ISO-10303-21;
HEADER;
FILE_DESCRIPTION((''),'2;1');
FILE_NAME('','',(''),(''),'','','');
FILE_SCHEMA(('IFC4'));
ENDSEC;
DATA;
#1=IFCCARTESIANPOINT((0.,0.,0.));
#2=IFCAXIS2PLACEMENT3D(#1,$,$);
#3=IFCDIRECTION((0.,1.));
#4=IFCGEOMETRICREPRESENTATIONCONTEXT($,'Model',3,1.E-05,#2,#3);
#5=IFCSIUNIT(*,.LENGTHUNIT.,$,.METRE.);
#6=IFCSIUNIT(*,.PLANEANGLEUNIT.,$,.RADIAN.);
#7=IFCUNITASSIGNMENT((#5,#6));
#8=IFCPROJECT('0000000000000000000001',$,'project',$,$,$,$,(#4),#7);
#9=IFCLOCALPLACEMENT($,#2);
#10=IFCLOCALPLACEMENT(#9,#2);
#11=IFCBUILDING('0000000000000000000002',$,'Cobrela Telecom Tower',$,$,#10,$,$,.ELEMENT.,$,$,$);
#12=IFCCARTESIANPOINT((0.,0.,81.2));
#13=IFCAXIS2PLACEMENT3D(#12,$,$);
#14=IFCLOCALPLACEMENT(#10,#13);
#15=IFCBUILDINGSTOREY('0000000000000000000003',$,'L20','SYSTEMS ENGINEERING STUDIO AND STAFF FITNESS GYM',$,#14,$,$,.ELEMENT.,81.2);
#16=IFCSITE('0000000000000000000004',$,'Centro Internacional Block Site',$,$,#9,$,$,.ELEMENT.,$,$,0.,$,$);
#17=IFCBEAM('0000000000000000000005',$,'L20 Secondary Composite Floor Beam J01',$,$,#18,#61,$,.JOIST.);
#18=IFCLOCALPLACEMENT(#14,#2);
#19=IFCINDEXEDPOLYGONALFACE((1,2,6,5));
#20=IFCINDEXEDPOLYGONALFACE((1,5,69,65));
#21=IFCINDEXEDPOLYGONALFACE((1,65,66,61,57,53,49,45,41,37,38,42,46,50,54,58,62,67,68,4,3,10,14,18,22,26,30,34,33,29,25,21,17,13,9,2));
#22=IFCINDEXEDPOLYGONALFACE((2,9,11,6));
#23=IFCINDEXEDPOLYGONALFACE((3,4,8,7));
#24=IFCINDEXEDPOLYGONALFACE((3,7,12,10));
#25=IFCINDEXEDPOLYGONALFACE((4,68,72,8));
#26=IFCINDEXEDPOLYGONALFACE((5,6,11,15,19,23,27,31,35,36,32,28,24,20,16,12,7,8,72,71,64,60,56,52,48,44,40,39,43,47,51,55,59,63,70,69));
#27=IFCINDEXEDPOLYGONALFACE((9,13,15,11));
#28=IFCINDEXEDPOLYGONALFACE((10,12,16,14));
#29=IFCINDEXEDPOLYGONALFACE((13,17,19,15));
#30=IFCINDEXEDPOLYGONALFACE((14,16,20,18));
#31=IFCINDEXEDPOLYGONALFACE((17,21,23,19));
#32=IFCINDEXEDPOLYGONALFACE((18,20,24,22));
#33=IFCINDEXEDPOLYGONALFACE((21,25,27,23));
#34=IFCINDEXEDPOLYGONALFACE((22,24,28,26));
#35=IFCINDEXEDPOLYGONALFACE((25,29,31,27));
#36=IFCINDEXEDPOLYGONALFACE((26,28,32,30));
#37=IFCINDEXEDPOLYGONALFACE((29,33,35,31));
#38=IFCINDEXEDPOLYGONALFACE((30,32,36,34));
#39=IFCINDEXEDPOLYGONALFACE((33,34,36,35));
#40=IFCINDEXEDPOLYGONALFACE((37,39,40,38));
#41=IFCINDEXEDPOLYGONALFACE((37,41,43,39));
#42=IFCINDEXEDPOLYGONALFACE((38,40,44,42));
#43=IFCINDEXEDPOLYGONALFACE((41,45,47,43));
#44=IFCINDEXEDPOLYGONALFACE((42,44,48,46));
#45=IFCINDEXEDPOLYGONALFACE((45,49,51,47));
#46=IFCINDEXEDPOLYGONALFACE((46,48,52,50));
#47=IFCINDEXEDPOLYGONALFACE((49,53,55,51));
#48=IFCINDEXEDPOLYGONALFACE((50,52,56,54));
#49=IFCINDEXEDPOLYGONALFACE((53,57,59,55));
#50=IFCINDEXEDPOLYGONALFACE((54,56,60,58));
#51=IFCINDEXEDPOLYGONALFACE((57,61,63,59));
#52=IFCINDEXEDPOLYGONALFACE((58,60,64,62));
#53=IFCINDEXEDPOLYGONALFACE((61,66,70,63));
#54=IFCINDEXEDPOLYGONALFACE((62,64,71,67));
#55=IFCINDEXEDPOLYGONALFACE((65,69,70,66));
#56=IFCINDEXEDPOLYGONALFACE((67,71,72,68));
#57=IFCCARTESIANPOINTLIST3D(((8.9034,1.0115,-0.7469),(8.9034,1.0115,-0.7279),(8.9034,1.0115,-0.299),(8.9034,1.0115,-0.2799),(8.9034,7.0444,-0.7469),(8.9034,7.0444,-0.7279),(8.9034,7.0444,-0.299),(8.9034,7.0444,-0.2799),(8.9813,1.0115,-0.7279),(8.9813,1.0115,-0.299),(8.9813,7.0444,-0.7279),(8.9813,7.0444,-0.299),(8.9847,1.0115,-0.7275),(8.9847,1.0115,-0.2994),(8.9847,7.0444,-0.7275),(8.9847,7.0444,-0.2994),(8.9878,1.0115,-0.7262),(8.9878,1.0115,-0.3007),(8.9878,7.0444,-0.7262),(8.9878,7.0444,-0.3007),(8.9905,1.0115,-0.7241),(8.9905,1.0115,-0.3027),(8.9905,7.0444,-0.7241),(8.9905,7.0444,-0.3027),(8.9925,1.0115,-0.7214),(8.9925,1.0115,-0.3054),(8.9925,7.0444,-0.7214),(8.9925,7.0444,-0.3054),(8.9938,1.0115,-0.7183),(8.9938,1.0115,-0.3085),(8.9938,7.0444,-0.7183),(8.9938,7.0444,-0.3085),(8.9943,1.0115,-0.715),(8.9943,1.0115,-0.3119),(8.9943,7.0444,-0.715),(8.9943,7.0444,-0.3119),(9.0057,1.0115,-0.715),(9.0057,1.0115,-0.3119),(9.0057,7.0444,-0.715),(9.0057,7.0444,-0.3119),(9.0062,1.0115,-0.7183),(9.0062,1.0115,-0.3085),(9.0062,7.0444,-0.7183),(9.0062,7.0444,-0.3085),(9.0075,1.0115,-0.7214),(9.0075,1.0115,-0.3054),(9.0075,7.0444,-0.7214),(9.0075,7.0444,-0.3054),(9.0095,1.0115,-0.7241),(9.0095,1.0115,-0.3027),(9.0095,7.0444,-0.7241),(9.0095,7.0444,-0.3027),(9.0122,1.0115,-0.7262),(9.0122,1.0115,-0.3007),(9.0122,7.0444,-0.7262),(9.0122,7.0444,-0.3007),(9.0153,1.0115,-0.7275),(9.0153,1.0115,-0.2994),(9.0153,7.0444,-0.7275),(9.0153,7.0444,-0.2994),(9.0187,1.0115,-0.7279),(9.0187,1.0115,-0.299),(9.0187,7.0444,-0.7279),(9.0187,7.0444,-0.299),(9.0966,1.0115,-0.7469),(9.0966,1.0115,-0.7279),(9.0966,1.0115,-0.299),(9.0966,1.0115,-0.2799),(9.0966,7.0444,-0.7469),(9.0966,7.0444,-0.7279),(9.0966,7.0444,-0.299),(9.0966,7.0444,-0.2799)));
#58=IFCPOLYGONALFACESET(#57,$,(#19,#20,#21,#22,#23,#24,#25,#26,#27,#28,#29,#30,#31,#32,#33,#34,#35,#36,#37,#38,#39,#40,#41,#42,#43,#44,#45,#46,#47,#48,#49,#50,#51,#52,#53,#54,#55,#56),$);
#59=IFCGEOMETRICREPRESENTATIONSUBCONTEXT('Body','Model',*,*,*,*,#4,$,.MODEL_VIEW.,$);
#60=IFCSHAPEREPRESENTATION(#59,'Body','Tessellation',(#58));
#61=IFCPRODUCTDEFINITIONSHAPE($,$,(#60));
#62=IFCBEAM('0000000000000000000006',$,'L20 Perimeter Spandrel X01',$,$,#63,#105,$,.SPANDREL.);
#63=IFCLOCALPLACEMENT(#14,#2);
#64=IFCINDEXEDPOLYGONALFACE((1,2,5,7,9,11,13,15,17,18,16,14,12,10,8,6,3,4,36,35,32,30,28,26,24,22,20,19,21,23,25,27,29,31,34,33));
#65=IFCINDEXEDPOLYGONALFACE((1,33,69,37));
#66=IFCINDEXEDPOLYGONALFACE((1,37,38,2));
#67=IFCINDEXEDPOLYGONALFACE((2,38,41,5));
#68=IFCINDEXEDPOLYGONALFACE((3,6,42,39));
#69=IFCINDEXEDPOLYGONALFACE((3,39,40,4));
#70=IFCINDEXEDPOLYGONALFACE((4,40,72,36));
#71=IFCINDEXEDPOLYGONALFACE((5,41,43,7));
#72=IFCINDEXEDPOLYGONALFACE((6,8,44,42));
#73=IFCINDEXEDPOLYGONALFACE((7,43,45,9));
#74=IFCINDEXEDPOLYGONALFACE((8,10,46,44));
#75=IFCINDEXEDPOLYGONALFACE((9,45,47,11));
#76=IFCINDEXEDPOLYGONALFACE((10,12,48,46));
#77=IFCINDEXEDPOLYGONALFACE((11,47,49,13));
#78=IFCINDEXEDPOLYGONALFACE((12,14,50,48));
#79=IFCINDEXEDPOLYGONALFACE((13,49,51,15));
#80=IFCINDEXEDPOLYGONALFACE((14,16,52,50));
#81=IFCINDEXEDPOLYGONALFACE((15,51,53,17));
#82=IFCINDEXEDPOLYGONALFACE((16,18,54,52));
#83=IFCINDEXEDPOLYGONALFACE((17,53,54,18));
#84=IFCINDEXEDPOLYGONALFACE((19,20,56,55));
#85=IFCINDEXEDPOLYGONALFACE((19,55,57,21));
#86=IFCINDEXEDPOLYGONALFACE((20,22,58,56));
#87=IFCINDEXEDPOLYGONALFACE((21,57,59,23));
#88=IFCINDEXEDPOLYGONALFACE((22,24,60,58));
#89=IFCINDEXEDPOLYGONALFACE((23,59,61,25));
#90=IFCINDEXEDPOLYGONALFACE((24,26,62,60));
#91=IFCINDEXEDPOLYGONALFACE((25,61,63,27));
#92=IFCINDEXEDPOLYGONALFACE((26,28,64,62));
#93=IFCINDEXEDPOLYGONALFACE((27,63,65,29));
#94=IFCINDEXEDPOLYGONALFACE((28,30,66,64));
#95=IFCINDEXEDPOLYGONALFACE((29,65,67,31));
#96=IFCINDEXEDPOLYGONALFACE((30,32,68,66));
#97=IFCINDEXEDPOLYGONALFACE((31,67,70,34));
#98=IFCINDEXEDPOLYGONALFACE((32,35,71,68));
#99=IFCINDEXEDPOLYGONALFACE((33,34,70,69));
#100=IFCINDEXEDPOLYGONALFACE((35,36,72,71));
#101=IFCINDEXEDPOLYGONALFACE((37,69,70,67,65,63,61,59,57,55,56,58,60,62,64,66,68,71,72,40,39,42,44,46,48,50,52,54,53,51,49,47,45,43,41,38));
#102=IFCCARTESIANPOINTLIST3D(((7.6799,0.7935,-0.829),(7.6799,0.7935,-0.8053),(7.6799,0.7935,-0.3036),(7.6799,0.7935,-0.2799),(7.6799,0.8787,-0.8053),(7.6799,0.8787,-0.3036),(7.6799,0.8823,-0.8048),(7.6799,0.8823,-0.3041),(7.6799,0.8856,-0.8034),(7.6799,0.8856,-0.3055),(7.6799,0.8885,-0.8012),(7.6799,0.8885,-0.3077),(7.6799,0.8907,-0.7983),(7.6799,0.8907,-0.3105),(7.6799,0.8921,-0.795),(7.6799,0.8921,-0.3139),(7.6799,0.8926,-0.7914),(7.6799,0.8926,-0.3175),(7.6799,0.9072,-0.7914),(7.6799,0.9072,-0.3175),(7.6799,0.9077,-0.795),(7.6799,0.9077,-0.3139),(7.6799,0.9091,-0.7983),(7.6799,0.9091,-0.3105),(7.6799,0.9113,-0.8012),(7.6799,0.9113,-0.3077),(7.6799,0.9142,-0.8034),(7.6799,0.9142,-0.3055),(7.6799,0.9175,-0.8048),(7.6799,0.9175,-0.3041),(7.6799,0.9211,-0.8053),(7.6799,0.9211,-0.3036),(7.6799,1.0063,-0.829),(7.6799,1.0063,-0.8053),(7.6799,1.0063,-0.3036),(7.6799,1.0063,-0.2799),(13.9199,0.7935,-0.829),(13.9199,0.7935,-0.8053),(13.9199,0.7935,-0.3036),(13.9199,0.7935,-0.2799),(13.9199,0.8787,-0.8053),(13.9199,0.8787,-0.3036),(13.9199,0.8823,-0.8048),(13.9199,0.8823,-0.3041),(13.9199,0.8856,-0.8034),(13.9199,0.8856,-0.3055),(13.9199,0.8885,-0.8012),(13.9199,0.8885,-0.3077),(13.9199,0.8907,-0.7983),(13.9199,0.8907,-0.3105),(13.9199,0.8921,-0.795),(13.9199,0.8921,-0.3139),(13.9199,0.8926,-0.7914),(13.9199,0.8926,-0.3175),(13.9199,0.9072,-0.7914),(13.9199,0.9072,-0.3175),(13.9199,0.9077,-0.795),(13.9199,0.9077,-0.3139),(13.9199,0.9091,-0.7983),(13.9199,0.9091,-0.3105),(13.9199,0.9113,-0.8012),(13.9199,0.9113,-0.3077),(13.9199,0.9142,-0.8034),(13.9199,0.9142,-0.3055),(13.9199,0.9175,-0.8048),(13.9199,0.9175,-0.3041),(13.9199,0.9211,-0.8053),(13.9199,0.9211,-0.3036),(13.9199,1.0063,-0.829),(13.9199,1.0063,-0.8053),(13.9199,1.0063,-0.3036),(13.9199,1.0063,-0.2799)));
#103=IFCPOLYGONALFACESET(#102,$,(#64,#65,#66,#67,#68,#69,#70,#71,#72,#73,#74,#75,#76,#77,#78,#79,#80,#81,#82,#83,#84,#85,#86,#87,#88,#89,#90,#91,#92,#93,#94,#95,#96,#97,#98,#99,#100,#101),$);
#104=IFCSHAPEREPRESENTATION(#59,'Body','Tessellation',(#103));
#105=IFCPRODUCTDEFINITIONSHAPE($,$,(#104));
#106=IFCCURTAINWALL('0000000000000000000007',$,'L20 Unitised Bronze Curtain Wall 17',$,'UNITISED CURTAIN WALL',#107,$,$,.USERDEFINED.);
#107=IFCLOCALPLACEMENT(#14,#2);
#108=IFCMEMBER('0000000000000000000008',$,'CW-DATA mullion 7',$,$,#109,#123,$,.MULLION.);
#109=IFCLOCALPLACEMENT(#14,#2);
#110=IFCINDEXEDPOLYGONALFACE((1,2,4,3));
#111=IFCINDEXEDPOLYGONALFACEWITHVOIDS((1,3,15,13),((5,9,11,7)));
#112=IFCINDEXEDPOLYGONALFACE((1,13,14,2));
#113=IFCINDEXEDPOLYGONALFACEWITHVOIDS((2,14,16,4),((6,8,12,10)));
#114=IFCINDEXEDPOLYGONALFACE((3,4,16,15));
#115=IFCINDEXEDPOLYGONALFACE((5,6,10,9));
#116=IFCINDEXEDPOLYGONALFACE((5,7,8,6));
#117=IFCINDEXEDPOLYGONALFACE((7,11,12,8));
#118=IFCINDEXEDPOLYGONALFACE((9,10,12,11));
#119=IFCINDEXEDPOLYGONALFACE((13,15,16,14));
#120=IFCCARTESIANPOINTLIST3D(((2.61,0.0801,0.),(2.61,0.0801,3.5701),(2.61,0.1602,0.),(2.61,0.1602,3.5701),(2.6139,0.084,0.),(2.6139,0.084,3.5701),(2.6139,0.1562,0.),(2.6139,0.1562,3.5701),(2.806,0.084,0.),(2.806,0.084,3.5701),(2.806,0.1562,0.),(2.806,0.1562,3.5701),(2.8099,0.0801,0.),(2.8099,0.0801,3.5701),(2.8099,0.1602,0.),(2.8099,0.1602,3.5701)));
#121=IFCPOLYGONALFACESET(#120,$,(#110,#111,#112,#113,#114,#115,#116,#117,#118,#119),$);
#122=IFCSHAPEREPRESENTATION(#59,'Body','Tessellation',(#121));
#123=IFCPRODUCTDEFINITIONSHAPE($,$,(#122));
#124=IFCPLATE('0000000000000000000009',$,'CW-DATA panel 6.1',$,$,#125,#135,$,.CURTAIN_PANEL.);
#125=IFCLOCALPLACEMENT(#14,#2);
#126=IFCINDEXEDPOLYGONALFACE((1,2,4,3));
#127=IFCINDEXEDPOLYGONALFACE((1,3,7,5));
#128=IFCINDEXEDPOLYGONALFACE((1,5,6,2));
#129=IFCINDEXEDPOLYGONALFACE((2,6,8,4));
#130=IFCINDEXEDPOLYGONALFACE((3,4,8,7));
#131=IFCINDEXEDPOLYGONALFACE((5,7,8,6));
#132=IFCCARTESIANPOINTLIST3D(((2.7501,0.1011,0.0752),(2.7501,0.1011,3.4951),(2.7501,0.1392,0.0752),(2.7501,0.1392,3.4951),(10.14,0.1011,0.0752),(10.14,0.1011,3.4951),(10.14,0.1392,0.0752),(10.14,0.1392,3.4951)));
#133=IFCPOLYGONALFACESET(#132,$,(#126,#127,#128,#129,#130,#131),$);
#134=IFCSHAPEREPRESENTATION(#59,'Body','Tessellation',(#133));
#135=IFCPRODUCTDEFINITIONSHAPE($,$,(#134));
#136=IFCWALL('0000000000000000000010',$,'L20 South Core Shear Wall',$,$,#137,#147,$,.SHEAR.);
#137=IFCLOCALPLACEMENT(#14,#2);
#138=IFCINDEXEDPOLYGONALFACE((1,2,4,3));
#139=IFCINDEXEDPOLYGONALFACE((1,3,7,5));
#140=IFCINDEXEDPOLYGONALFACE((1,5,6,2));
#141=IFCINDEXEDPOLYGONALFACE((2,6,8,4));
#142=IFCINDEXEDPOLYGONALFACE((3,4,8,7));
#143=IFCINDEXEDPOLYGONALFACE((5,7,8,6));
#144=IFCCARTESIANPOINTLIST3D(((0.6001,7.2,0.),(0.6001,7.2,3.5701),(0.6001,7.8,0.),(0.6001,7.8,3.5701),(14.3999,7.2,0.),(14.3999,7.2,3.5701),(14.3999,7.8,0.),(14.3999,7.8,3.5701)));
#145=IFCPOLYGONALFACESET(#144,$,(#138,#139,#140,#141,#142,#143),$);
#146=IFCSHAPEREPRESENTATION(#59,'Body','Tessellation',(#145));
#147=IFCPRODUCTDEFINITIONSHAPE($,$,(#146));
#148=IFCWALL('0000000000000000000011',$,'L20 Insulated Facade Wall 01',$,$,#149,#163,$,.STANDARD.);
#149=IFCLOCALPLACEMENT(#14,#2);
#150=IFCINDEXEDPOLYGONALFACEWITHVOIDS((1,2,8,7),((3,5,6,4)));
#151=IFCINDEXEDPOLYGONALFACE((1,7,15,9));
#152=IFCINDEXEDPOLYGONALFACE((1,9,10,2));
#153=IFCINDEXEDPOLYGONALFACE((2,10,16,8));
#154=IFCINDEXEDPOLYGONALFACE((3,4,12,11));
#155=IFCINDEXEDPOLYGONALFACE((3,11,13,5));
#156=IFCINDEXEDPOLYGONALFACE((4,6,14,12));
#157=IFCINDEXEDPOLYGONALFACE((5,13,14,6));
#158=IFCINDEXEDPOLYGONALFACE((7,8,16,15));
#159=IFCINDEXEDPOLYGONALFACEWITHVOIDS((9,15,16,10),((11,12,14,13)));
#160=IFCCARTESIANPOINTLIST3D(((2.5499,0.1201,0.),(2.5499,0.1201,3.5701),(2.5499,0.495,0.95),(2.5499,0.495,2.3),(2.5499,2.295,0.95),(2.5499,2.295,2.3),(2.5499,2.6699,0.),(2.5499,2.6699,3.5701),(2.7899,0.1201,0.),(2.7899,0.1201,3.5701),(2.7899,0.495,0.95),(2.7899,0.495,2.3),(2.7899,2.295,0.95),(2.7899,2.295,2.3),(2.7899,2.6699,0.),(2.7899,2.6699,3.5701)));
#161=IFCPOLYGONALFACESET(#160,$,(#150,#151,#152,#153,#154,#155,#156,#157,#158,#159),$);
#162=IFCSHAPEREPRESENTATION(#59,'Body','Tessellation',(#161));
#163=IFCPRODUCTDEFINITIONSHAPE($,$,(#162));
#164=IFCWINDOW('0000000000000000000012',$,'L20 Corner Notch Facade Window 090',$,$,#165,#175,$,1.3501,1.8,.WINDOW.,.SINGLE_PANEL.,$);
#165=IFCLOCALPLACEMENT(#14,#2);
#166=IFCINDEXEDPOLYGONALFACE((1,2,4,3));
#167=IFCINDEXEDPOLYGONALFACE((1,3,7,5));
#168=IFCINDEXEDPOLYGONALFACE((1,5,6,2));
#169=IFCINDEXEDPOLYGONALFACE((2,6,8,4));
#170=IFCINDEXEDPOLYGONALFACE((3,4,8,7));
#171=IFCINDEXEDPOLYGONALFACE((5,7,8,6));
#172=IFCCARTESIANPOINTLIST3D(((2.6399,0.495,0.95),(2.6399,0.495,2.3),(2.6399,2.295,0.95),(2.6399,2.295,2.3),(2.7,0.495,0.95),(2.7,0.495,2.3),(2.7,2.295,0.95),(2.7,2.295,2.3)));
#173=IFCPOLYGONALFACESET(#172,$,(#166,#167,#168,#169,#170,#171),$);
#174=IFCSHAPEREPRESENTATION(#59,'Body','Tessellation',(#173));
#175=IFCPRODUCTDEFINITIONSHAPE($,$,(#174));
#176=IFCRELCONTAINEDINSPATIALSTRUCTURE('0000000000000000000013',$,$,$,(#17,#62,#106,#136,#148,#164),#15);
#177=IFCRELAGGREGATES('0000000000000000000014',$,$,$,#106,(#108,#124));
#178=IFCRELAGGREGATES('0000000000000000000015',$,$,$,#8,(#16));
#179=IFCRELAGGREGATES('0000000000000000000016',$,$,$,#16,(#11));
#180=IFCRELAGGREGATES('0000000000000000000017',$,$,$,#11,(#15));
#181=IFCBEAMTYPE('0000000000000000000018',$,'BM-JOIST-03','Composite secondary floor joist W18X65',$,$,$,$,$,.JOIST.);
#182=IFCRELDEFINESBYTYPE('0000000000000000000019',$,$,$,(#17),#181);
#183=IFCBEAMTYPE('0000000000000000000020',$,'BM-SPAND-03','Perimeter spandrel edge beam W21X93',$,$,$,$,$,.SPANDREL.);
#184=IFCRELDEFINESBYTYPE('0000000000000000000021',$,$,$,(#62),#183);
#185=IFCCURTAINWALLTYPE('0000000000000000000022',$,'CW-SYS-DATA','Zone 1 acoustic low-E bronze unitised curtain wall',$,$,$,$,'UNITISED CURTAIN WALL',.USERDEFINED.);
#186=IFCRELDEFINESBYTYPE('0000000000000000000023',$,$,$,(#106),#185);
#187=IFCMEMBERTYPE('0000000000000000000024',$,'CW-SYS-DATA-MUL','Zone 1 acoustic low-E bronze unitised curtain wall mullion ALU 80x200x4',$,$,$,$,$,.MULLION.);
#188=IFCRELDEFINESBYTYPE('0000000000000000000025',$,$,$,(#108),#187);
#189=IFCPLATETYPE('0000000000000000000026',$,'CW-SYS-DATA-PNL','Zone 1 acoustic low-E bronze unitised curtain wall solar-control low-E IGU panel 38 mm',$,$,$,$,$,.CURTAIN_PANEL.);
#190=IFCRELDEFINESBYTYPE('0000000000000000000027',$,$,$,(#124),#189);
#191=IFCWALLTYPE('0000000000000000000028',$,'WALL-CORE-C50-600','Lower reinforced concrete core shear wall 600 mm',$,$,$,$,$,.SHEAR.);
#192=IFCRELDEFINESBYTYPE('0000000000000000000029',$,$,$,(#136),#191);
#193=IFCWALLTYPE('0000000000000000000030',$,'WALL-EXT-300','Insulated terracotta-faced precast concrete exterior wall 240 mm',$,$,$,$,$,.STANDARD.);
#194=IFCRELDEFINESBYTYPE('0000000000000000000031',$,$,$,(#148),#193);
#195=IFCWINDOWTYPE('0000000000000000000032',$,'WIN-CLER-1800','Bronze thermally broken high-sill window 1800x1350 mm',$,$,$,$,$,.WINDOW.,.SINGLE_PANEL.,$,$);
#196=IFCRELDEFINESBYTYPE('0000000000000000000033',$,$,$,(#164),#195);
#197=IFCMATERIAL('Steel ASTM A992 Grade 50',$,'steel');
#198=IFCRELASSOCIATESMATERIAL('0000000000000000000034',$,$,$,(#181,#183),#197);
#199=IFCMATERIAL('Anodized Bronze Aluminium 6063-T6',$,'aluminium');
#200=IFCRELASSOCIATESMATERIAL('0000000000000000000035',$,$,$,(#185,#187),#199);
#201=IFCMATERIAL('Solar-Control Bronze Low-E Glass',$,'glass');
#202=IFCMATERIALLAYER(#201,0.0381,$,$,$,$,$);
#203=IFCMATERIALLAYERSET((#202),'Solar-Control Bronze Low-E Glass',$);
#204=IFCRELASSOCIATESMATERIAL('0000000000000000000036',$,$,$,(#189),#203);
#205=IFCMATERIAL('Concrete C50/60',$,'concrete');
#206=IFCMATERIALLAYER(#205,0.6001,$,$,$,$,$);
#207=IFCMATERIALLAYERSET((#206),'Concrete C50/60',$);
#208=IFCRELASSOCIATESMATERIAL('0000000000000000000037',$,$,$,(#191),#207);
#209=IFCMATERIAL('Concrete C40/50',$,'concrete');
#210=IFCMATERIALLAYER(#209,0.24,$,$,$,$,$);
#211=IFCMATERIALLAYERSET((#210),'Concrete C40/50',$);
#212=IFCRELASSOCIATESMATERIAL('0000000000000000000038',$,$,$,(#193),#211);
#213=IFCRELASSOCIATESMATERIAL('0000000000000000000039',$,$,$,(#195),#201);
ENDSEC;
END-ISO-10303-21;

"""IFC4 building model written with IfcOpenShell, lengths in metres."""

from ifc_helpers import new_model, si_unit, direction, frame, frame_2d, origin, origin_2d, place, context, subcontext, project, spatial, rectangle, hollow_rectangle, i_section, extrude, material, layer, layer_set, material_profile, profile_set, type_object, element, fill, aggregate, save


model = new_model("IFC4")

# Units and contexts
model_context = context("Model", 3, precision=1e-05, world=origin(), true_north=direction((0.0, 1.0)))
body_context = subcontext(model_context, "Body", "Model", "MODEL_VIEW")
ifc_project = project(units=[si_unit("LENGTHUNIT", "METRE"), si_unit("PLANEANGLEUNIT", "RADIAN")], contexts=[model_context])

# Site, building, storey
site_placement = place(None, origin())
site = spatial("IfcSite", under=ifc_project, at=site_placement, Name="Centro Internacional Block Site", CompositionType="ELEMENT", RefElevation=0.0)
building_placement = place(site_placement, origin())
building = spatial("IfcBuilding", under=site, at=building_placement, Name="Cobrela Telecom Tower", CompositionType="ELEMENT")
storey_placement = place(building_placement, frame((0.0, 0.0, 81.2)))
storey = spatial("IfcBuildingStorey", under=building, at=storey_placement, Name="L20", Description="SYSTEMS ENGINEERING STUDIO AND STAFF FITNESS GYM", CompositionType="ELEMENT", Elevation=81.2)

# Beams
ifc_material_1 = material(Name="Steel ASTM A992 Grade 50", Category="steel")
ifc_material_profile_1 = material_profile(ifc_material_1, i_section(OverallWidth=0.1931, OverallDepth=0.467, WebThickness=0.0115, FlangeThickness=0.019, FilletRadius=0.0129, at=origin_2d()), Name="W18X65")
ifc_profile_set_1 = profile_set([ifc_material_profile_1], Name="Steel ASTM A992 Grade 50")
beam_type_1 = type_object("IfcBeamType", Name="BM-JOIST-03", Description="Composite secondary floor joist W18X65", PredefinedType="JOIST", material=ifc_profile_set_1)
beam_1_placement = place(storey_placement, frame((9.0, 1.0115, -0.5134), z_axis=(0.0, 1.0, 0.0), x_axis=(-1.0, 0.0, 0.0)))
element("IfcBeam", 1, at=beam_1_placement, inside=storey, type_object=beam_type_1, Name="L20 Secondary Composite Floor Beam J01", PredefinedType="JOIST", context=body_context, shape_type="SweptSolid", body=[
    extrude(i_section(OverallWidth=0.1931, OverallDepth=0.467, WebThickness=0.0115, FlangeThickness=0.019, FilletRadius=0.0129, at=origin_2d()), origin(), (0.0, 0.0, 1.0), 6.033),
])
ifc_material_profile_2 = material_profile(ifc_material_1, i_section(OverallWidth=0.2129, OverallDepth=0.5491, WebThickness=0.0146, FlangeThickness=0.0237, FilletRadius=0.0139, at=origin_2d()), Name="W21X93")
ifc_profile_set_2 = profile_set([ifc_material_profile_2], Name="Steel ASTM A992 Grade 50")
beam_type_2 = type_object("IfcBeamType", Name="BM-SPAND-03", Description="Perimeter spandrel edge beam W21X93", PredefinedType="SPANDREL", material=ifc_profile_set_2)
beam_2_placement = place(storey_placement, frame((7.6799, 0.8999, -0.5544), z_axis=(1.0, 0.0, 0.0), x_axis=(0.0, 1.0, 0.0)))
element("IfcBeam", 2, at=beam_2_placement, inside=storey, type_object=beam_type_2, Name="L20 Perimeter Spandrel X01", PredefinedType="SPANDREL", context=body_context, shape_type="SweptSolid", body=[
    extrude(i_section(OverallWidth=0.2129, OverallDepth=0.5491, WebThickness=0.0146, FlangeThickness=0.0237, FilletRadius=0.0139, at=origin_2d()), origin(), (0.0, 0.0, 1.0), 6.24),
])

# Curtain wall, member, plate
ifc_material_2 = material(Name="Anodized Bronze Aluminium 6063-T6", Category="aluminium")
curtain_wall_type = type_object("IfcCurtainWallType", Name="CW-SYS-DATA", Description="Zone 1 acoustic low-E bronze unitised curtain wall", ElementType="UNITISED CURTAIN WALL", PredefinedType="USERDEFINED", material=ifc_material_2)
curtain_wall_placement = place(storey_placement, origin())
curtain_wall = element("IfcCurtainWall", 3, at=curtain_wall_placement, inside=storey, type_object=curtain_wall_type, Name="L20 Unitised Bronze Curtain Wall 17", ObjectType="UNITISED CURTAIN WALL", PredefinedType="USERDEFINED")
ifc_material_profile_3 = material_profile(ifc_material_2, hollow_rectangle(XDim=0.0801, YDim=0.2, WallThickness=0.0039, at=origin_2d()), Name="ALU 80x200x4")
ifc_profile_set_3 = profile_set([ifc_material_profile_3], Name="Anodized Bronze Aluminium 6063-T6")
member_type = type_object("IfcMemberType", Name="CW-SYS-DATA-MUL", Description="Zone 1 acoustic low-E bronze unitised curtain wall mullion ALU 80x200x4", PredefinedType="MULLION", material=ifc_profile_set_3)
member_placement = place(storey_placement, frame((2.71, 0.1201, 0.0), z_axis=(0.0, 0.0, 1.0), x_axis=(0.0, -1.0, 0.0)))
member = element("IfcMember", 4, at=member_placement, type_object=member_type, Name="CW-DATA mullion 7", PredefinedType="MULLION", context=body_context, shape_type="SweptSolid", body=[
    extrude(hollow_rectangle(XDim=0.0801, YDim=0.2, WallThickness=0.0039, at=origin_2d()), origin(), (0.0, 0.0, 1.0), 3.5701),
])
ifc_material_3 = material(Name="Solar-Control Bronze Low-E Glass", Category="glass")
ifc_layer_1 = layer(ifc_material_3, 0.0381)
ifc_layer_set_1 = layer_set([ifc_layer_1], Name="Solar-Control Bronze Low-E Glass")
plate_type = type_object("IfcPlateType", Name="CW-SYS-DATA-PNL", Description="Zone 1 acoustic low-E bronze unitised curtain wall solar-control low-E IGU panel 38 mm", PredefinedType="CURTAIN_PANEL", material=ifc_layer_set_1)
plate_placement = place(storey_placement, frame((6.4451, 0.1201, 0.0752), z_axis=(0.0, 0.0, 1.0), x_axis=(-1.0, 0.0, 0.0)))
plate = element("IfcPlate", 5, at=plate_placement, type_object=plate_type, Name="CW-DATA panel 6.1", PredefinedType="CURTAIN_PANEL", context=body_context, shape_type="SweptSolid", body=[
    extrude(rectangle(XDim=7.3899, YDim=0.0381, at=origin_2d()), origin(), (0.0, 0.0, 1.0), 3.4199),
])
aggregate(curtain_wall, [member, plate])

# Wall
ifc_material_4 = material(Name="Concrete C50/60", Category="concrete")
ifc_layer_2 = layer(ifc_material_4, 0.6001)
ifc_layer_set_2 = layer_set([ifc_layer_2], Name="Concrete C50/60")
wall_type_1 = type_object("IfcWallType", Name="WALL-CORE-C50-600", Description="Lower reinforced concrete core shear wall 600 mm", PredefinedType="SHEAR", material=ifc_layer_set_2)
wall_1_placement = place(storey_placement, frame((0.6001, 7.5, 0.0), z_axis=(0.0, 0.0, 1.0), x_axis=(1.0, 0.0, 0.0)))
element("IfcWall", 6, at=wall_1_placement, inside=storey, type_object=wall_type_1, Name="L20 South Core Shear Wall", PredefinedType="SHEAR", context=body_context, shape_type="SweptSolid", body=[
    extrude(rectangle(XDim=13.7998, YDim=0.6001, at=frame_2d((6.8999, 0.0))), origin(), (0.0, 0.0, 1.0), 3.5701),
])

# Wall, opening, window
ifc_material_5 = material(Name="Concrete C40/50", Category="concrete")
ifc_layer_3 = layer(ifc_material_5, 0.24)
ifc_layer_set_3 = layer_set([ifc_layer_3], Name="Concrete C40/50")
wall_type_2 = type_object("IfcWallType", Name="WALL-EXT-300", Description="Insulated terracotta-faced precast concrete exterior wall 240 mm", PredefinedType="STANDARD", material=ifc_layer_set_3)
wall_2_placement = place(storey_placement, frame((2.6699, 0.1201, 0.0), z_axis=(0.0, 0.0, 1.0), x_axis=(0.0, 1.0, 0.0)))
wall_2 = element("IfcWall", 7, at=wall_2_placement, inside=storey, type_object=wall_type_2, Name="L20 Insulated Facade Wall 01", PredefinedType="STANDARD", context=body_context, shape_type="SweptSolid", body=[
    extrude(rectangle(XDim=2.5498, YDim=0.24, at=frame_2d((1.2749, 0.0))), origin(), (0.0, 0.0, 1.0), 3.5701),
])
opening_1_placement = place(wall_2_placement, frame((0.375, 0.0, 0.95)))
opening_1 = element("IfcOpeningElement", 8, at=opening_1_placement, cuts=wall_2, PredefinedType="OPENING", context=body_context, shape_type="SweptSolid", body=[
    extrude(rectangle(XDim=1.8, YDim=1.3501, at=frame_2d((0.8999, 0.675))), frame((0.0, 0.1318, 0.0), z_axis=(0.0, -1.0, 0.0), x_axis=(1.0, 0.0, 0.0)), (0.0, 0.0, 1.0), 0.2639),
])
window_type_1 = type_object("IfcWindowType", Name="WIN-CLER-1800", Description="Bronze thermally broken high-sill window 1800x1350 mm", PartitioningType="SINGLE_PANEL", PredefinedType="WINDOW", material=ifc_material_3)
window_1_placement = place(opening_1_placement, origin())
window_1 = element("IfcWindow", 9, at=window_1_placement, inside=storey, type_object=window_type_1, Name="L20 Corner Notch Facade Window 090", OverallHeight=1.3501, OverallWidth=1.8, PartitioningType="SINGLE_PANEL", PredefinedType="WINDOW", context=body_context, shape_type="SweptSolid", body=[
    extrude(rectangle(XDim=1.8, YDim=1.3501, at=frame_2d((0.8999, 0.675))), frame((0.0, 0.03, 0.0), z_axis=(0.0, -1.0, 0.0), x_axis=(1.0, 0.0, 0.0)), (0.0, 0.0, 1.0), 0.0601),
])
fill(opening_1, window_1)

save(model, "model.ifc")
